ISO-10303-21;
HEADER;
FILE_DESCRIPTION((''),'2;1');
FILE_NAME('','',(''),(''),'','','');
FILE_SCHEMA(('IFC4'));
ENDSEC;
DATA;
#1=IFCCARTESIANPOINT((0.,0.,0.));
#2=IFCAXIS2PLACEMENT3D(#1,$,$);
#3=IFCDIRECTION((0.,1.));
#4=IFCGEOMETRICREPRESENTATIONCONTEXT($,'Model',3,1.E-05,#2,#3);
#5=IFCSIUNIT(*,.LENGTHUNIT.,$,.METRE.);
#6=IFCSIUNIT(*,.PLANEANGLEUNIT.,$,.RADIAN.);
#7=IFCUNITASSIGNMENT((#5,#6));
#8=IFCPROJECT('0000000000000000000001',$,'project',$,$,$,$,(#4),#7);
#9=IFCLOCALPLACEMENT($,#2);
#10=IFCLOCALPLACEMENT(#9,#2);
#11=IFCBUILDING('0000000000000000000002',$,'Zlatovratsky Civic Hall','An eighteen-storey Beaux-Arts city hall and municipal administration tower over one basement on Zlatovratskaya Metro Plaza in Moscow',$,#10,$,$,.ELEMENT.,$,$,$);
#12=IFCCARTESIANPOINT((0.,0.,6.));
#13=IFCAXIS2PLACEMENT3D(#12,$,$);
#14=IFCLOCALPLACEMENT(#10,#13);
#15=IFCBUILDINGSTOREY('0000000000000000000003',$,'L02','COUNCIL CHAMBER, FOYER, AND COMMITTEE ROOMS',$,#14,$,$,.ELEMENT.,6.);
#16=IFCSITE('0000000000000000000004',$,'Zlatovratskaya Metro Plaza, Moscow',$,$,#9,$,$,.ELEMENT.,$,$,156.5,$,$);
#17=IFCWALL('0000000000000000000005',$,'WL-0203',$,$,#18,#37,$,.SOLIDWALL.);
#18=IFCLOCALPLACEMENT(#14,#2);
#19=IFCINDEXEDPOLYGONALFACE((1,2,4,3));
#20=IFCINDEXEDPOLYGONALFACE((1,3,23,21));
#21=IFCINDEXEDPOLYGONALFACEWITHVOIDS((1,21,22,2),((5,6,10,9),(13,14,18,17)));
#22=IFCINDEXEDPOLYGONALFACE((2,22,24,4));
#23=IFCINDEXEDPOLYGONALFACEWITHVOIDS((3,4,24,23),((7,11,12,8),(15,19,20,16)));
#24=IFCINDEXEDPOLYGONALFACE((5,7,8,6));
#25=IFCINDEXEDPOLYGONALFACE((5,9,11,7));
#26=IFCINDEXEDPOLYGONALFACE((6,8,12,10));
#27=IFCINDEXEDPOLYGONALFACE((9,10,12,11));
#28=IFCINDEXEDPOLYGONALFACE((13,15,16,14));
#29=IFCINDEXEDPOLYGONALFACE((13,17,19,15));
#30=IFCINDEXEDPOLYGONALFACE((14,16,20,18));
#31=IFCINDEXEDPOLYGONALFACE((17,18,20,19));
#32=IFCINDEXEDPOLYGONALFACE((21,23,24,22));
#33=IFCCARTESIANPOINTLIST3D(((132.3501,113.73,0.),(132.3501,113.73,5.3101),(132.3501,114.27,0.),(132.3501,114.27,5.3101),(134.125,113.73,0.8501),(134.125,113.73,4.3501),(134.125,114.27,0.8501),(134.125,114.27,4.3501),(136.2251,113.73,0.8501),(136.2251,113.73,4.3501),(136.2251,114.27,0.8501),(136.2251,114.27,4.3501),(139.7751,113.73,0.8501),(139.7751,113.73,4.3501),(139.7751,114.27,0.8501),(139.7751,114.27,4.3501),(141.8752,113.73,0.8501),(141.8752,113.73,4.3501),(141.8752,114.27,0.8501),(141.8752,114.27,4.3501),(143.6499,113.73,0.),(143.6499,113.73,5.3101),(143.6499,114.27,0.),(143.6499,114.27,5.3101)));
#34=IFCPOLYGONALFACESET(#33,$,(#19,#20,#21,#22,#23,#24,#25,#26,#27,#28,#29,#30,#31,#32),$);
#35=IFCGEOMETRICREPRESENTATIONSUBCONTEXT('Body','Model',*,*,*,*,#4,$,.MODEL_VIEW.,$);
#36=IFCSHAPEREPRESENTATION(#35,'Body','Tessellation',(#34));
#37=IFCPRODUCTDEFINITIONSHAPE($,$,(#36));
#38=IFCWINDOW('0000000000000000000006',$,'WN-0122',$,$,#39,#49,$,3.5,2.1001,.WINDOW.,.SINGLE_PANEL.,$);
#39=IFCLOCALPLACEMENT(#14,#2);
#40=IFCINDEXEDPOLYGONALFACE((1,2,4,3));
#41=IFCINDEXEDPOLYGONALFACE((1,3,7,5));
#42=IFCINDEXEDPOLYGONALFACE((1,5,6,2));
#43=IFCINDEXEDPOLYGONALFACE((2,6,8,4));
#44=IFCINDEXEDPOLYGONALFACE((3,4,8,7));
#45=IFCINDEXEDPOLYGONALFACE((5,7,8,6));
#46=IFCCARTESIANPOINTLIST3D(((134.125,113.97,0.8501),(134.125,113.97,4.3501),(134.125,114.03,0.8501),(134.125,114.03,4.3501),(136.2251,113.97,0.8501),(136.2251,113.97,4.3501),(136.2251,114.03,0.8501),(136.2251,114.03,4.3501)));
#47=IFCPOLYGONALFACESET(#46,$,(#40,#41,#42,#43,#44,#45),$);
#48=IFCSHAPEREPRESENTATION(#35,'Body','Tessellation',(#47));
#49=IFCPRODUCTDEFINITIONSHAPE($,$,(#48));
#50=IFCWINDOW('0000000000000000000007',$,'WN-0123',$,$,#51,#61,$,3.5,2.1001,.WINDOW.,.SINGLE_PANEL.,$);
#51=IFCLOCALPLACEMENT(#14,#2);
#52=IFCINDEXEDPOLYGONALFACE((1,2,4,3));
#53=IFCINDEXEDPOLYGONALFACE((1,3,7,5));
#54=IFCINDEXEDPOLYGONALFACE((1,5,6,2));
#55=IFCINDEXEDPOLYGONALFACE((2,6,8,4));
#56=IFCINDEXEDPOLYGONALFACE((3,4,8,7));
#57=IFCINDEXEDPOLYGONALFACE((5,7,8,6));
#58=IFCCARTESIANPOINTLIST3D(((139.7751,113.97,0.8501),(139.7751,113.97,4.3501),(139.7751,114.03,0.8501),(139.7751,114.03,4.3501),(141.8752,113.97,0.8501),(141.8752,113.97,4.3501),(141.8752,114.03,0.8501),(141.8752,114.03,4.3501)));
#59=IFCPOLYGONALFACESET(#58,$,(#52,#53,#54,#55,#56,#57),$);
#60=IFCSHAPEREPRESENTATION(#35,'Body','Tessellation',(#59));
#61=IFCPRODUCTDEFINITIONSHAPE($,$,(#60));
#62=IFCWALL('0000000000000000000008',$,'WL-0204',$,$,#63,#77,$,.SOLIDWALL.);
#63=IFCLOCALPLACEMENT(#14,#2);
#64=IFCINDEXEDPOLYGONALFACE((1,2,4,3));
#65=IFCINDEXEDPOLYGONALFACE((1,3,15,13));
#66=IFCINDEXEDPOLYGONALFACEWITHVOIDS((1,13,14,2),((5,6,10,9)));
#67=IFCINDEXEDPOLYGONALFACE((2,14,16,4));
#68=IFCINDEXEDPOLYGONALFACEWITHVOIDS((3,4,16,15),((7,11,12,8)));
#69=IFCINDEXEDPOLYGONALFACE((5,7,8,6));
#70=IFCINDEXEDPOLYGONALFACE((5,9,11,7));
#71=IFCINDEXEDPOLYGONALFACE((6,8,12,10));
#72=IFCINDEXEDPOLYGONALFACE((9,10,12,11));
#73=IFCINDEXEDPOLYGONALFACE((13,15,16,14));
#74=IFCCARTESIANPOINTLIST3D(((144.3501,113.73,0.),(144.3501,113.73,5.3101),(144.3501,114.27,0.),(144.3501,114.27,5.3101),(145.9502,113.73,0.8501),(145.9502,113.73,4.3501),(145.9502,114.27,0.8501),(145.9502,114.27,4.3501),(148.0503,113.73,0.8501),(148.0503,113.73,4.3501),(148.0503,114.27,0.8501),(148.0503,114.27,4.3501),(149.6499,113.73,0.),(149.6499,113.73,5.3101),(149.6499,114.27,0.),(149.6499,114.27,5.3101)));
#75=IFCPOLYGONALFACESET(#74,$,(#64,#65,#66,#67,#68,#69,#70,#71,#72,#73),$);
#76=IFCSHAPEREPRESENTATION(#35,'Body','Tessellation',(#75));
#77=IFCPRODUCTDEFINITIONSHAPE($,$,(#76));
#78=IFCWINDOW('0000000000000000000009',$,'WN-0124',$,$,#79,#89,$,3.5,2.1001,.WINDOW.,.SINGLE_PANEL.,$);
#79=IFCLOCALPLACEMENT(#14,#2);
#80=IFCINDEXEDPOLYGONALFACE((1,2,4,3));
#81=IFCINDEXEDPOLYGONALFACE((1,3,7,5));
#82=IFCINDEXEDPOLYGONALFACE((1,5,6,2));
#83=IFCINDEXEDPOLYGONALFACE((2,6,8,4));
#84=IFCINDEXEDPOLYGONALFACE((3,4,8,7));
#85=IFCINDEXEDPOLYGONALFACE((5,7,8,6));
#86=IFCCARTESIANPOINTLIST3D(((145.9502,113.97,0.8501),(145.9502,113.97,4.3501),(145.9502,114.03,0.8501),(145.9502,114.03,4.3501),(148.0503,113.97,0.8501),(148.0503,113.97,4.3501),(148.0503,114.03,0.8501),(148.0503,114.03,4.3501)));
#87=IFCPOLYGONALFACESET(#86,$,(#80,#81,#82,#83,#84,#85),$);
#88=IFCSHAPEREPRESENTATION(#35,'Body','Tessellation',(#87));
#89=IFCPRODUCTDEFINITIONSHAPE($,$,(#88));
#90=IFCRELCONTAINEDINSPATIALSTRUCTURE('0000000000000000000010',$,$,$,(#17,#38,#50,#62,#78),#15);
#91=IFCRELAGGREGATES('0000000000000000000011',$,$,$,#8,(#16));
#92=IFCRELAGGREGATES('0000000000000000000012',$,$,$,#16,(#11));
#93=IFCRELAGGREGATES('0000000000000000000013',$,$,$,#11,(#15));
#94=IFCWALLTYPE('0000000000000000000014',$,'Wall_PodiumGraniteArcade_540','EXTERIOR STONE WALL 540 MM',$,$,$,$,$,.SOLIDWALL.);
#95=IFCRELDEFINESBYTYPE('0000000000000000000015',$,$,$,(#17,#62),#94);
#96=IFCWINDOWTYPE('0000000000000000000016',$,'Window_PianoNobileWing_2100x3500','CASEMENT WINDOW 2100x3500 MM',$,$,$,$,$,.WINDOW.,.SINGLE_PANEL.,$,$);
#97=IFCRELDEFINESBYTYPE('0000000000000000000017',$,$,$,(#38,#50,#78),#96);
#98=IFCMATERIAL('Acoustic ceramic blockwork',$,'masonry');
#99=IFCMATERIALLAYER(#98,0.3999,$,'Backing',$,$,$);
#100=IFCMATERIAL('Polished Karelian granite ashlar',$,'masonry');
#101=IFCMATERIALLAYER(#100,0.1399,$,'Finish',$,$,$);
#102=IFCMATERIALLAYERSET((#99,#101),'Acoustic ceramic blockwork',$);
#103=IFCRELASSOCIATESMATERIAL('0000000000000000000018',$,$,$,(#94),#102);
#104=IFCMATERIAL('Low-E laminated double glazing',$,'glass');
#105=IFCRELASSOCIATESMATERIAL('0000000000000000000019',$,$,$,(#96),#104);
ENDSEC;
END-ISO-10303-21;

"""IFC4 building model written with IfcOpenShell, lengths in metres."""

from ifc_helpers import new_model, si_unit, direction, frame, frame_2d, origin, place, context, subcontext, project, spatial, rectangle, extrude, material, layer, layer_set, type_object, element, fill, save


model = new_model("IFC4")

# Units and contexts
model_context = context("Model", 3, precision=1e-05, world=origin(), true_north=direction((0.0, 1.0)))
body_context = subcontext(model_context, "Body", "Model", "MODEL_VIEW")
ifc_project = project(units=[si_unit("LENGTHUNIT", "METRE"), si_unit("PLANEANGLEUNIT", "RADIAN")], contexts=[model_context])

# Site, building, storey
site_placement = place(None, origin())
site = spatial("IfcSite", under=ifc_project, at=site_placement, Name="Zlatovratskaya Metro Plaza, Moscow", CompositionType="ELEMENT", RefElevation=156.5)
building_placement = place(site_placement, origin())
building = spatial("IfcBuilding", under=site, at=building_placement, Name="Zlatovratsky Civic Hall", Description="An eighteen-storey Beaux-Arts city hall and municipal administration tower over one basement on Zlatovratskaya Metro Plaza in Moscow", CompositionType="ELEMENT")
storey_placement = place(building_placement, frame((0.0, 0.0, 6.0)))
storey = spatial("IfcBuildingStorey", under=building, at=storey_placement, Name="L02", Description="COUNCIL CHAMBER, FOYER, AND COMMITTEE ROOMS", CompositionType="ELEMENT", Elevation=6.0)

# Wall, openings, windows
ifc_material_1 = material(Name="Acoustic ceramic blockwork", Category="masonry")
ifc_layer_1 = layer(ifc_material_1, 0.3999, Name="Backing")
ifc_material_2 = material(Name="Polished Karelian granite ashlar", Category="masonry")
ifc_layer_2 = layer(ifc_material_2, 0.1399, Name="Finish")
ifc_layer_set = layer_set([ifc_layer_1, ifc_layer_2], Name="Acoustic ceramic blockwork")
wall_type = type_object("IfcWallType", Name="Wall_PodiumGraniteArcade_540", Description="EXTERIOR STONE WALL 540 MM", PredefinedType="SOLIDWALL", material=ifc_layer_set)
wall_1_placement = place(storey_placement, frame((132.3501, 114.0, 0.0), z_axis=(0.0, 0.0, 1.0), x_axis=(1.0, 0.0, 0.0)))
wall_1 = element("IfcWall", 1, at=wall_1_placement, inside=storey, type_object=wall_type, Name="WL-0203", PredefinedType="SOLIDWALL", context=body_context, shape_type="SweptSolid", body=[
    extrude(rectangle(XDim=11.2998, YDim=0.54, at=frame_2d((5.6499, 0.0))), origin(), (0.0, 0.0, 1.0), 5.3101),
])
opening_1_placement = place(wall_1_placement, frame((1.7749, 0.0, 0.8501)))
opening_1 = element("IfcOpeningElement", 2, at=opening_1_placement, cuts=wall_1, PredefinedType="OPENING", context=body_context, shape_type="SweptSolid", body=[
    extrude(rectangle(XDim=2.1001, YDim=3.5, at=frame_2d((1.05, 1.75))), frame((0.0, 0.2849, 0.0), z_axis=(0.0, -1.0, 0.0), x_axis=(1.0, 0.0, 0.0)), (0.0, 0.0, 1.0), 0.5698),
])
opening_2_placement = place(wall_1_placement, frame((7.425, 0.0, 0.8501)))
opening_2 = element("IfcOpeningElement", 3, at=opening_2_placement, cuts=wall_1, PredefinedType="OPENING", context=body_context, shape_type="SweptSolid", body=[
    extrude(rectangle(XDim=2.1001, YDim=3.5, at=frame_2d((1.05, 1.75))), frame((0.0, 0.2849, 0.0), z_axis=(0.0, -1.0, 0.0), x_axis=(1.0, 0.0, 0.0)), (0.0, 0.0, 1.0), 0.5698),
])
ifc_material_3 = material(Name="Low-E laminated double glazing", Category="glass")
window_type = type_object("IfcWindowType", Name="Window_PianoNobileWing_2100x3500", Description="CASEMENT WINDOW 2100x3500 MM", PartitioningType="SINGLE_PANEL", PredefinedType="WINDOW", material=ifc_material_3)
window_1_placement = place(opening_1_placement, origin())
window_1 = element("IfcWindow", 4, at=window_1_placement, inside=storey, type_object=window_type, Name="WN-0122", OverallHeight=3.5, OverallWidth=2.1001, PartitioningType="SINGLE_PANEL", PredefinedType="WINDOW", context=body_context, shape_type="SweptSolid", body=[
    extrude(rectangle(XDim=2.1001, YDim=3.5, at=frame_2d((1.05, 1.75))), frame((0.0, 0.03, 0.0), z_axis=(0.0, -1.0, 0.0), x_axis=(1.0, 0.0, 0.0)), (0.0, 0.0, 1.0), 0.0601),
])
fill(opening_1, window_1)
window_2_placement = place(opening_2_placement, origin())
window_2 = element("IfcWindow", 5, at=window_2_placement, inside=storey, type_object=window_type, Name="WN-0123", OverallHeight=3.5, OverallWidth=2.1001, PartitioningType="SINGLE_PANEL", PredefinedType="WINDOW", context=body_context, shape_type="SweptSolid", body=[
    extrude(rectangle(XDim=2.1001, YDim=3.5, at=frame_2d((1.05, 1.75))), frame((0.0, 0.03, 0.0), z_axis=(0.0, -1.0, 0.0), x_axis=(1.0, 0.0, 0.0)), (0.0, 0.0, 1.0), 0.0601),
])
fill(opening_2, window_2)

# Wall, opening, window
wall_2_placement = place(storey_placement, frame((144.3501, 114.0, 0.0), z_axis=(0.0, 0.0, 1.0), x_axis=(1.0, 0.0, 0.0)))
wall_2 = element("IfcWall", 6, at=wall_2_placement, inside=storey, type_object=wall_type, Name="WL-0204", PredefinedType="SOLIDWALL", context=body_context, shape_type="SweptSolid", body=[
    extrude(rectangle(XDim=5.2998, YDim=0.54, at=frame_2d((2.6499, 0.0))), origin(), (0.0, 0.0, 1.0), 5.3101),
])
opening_3_placement = place(wall_2_placement, frame((1.6001, 0.0, 0.8501)))
opening_3 = element("IfcOpeningElement", 7, at=opening_3_placement, cuts=wall_2, PredefinedType="OPENING", context=body_context, shape_type="SweptSolid", body=[
    extrude(rectangle(XDim=2.1001, YDim=3.5, at=frame_2d((1.05, 1.75))), frame((0.0, 0.2849, 0.0), z_axis=(0.0, -1.0, 0.0), x_axis=(1.0, 0.0, 0.0)), (0.0, 0.0, 1.0), 0.5698),
])
window_3_placement = place(opening_3_placement, origin())
window_3 = element("IfcWindow", 8, at=window_3_placement, inside=storey, type_object=window_type, Name="WN-0124", OverallHeight=3.5, OverallWidth=2.1001, PartitioningType="SINGLE_PANEL", PredefinedType="WINDOW", context=body_context, shape_type="SweptSolid", body=[
    extrude(rectangle(XDim=2.1001, YDim=3.5, at=frame_2d((1.05, 1.75))), frame((0.0, 0.03, 0.0), z_axis=(0.0, -1.0, 0.0), x_axis=(1.0, 0.0, 0.0)), (0.0, 0.0, 1.0), 0.0601),
])
fill(opening_3, window_3)

save(model, "model.ifc")
